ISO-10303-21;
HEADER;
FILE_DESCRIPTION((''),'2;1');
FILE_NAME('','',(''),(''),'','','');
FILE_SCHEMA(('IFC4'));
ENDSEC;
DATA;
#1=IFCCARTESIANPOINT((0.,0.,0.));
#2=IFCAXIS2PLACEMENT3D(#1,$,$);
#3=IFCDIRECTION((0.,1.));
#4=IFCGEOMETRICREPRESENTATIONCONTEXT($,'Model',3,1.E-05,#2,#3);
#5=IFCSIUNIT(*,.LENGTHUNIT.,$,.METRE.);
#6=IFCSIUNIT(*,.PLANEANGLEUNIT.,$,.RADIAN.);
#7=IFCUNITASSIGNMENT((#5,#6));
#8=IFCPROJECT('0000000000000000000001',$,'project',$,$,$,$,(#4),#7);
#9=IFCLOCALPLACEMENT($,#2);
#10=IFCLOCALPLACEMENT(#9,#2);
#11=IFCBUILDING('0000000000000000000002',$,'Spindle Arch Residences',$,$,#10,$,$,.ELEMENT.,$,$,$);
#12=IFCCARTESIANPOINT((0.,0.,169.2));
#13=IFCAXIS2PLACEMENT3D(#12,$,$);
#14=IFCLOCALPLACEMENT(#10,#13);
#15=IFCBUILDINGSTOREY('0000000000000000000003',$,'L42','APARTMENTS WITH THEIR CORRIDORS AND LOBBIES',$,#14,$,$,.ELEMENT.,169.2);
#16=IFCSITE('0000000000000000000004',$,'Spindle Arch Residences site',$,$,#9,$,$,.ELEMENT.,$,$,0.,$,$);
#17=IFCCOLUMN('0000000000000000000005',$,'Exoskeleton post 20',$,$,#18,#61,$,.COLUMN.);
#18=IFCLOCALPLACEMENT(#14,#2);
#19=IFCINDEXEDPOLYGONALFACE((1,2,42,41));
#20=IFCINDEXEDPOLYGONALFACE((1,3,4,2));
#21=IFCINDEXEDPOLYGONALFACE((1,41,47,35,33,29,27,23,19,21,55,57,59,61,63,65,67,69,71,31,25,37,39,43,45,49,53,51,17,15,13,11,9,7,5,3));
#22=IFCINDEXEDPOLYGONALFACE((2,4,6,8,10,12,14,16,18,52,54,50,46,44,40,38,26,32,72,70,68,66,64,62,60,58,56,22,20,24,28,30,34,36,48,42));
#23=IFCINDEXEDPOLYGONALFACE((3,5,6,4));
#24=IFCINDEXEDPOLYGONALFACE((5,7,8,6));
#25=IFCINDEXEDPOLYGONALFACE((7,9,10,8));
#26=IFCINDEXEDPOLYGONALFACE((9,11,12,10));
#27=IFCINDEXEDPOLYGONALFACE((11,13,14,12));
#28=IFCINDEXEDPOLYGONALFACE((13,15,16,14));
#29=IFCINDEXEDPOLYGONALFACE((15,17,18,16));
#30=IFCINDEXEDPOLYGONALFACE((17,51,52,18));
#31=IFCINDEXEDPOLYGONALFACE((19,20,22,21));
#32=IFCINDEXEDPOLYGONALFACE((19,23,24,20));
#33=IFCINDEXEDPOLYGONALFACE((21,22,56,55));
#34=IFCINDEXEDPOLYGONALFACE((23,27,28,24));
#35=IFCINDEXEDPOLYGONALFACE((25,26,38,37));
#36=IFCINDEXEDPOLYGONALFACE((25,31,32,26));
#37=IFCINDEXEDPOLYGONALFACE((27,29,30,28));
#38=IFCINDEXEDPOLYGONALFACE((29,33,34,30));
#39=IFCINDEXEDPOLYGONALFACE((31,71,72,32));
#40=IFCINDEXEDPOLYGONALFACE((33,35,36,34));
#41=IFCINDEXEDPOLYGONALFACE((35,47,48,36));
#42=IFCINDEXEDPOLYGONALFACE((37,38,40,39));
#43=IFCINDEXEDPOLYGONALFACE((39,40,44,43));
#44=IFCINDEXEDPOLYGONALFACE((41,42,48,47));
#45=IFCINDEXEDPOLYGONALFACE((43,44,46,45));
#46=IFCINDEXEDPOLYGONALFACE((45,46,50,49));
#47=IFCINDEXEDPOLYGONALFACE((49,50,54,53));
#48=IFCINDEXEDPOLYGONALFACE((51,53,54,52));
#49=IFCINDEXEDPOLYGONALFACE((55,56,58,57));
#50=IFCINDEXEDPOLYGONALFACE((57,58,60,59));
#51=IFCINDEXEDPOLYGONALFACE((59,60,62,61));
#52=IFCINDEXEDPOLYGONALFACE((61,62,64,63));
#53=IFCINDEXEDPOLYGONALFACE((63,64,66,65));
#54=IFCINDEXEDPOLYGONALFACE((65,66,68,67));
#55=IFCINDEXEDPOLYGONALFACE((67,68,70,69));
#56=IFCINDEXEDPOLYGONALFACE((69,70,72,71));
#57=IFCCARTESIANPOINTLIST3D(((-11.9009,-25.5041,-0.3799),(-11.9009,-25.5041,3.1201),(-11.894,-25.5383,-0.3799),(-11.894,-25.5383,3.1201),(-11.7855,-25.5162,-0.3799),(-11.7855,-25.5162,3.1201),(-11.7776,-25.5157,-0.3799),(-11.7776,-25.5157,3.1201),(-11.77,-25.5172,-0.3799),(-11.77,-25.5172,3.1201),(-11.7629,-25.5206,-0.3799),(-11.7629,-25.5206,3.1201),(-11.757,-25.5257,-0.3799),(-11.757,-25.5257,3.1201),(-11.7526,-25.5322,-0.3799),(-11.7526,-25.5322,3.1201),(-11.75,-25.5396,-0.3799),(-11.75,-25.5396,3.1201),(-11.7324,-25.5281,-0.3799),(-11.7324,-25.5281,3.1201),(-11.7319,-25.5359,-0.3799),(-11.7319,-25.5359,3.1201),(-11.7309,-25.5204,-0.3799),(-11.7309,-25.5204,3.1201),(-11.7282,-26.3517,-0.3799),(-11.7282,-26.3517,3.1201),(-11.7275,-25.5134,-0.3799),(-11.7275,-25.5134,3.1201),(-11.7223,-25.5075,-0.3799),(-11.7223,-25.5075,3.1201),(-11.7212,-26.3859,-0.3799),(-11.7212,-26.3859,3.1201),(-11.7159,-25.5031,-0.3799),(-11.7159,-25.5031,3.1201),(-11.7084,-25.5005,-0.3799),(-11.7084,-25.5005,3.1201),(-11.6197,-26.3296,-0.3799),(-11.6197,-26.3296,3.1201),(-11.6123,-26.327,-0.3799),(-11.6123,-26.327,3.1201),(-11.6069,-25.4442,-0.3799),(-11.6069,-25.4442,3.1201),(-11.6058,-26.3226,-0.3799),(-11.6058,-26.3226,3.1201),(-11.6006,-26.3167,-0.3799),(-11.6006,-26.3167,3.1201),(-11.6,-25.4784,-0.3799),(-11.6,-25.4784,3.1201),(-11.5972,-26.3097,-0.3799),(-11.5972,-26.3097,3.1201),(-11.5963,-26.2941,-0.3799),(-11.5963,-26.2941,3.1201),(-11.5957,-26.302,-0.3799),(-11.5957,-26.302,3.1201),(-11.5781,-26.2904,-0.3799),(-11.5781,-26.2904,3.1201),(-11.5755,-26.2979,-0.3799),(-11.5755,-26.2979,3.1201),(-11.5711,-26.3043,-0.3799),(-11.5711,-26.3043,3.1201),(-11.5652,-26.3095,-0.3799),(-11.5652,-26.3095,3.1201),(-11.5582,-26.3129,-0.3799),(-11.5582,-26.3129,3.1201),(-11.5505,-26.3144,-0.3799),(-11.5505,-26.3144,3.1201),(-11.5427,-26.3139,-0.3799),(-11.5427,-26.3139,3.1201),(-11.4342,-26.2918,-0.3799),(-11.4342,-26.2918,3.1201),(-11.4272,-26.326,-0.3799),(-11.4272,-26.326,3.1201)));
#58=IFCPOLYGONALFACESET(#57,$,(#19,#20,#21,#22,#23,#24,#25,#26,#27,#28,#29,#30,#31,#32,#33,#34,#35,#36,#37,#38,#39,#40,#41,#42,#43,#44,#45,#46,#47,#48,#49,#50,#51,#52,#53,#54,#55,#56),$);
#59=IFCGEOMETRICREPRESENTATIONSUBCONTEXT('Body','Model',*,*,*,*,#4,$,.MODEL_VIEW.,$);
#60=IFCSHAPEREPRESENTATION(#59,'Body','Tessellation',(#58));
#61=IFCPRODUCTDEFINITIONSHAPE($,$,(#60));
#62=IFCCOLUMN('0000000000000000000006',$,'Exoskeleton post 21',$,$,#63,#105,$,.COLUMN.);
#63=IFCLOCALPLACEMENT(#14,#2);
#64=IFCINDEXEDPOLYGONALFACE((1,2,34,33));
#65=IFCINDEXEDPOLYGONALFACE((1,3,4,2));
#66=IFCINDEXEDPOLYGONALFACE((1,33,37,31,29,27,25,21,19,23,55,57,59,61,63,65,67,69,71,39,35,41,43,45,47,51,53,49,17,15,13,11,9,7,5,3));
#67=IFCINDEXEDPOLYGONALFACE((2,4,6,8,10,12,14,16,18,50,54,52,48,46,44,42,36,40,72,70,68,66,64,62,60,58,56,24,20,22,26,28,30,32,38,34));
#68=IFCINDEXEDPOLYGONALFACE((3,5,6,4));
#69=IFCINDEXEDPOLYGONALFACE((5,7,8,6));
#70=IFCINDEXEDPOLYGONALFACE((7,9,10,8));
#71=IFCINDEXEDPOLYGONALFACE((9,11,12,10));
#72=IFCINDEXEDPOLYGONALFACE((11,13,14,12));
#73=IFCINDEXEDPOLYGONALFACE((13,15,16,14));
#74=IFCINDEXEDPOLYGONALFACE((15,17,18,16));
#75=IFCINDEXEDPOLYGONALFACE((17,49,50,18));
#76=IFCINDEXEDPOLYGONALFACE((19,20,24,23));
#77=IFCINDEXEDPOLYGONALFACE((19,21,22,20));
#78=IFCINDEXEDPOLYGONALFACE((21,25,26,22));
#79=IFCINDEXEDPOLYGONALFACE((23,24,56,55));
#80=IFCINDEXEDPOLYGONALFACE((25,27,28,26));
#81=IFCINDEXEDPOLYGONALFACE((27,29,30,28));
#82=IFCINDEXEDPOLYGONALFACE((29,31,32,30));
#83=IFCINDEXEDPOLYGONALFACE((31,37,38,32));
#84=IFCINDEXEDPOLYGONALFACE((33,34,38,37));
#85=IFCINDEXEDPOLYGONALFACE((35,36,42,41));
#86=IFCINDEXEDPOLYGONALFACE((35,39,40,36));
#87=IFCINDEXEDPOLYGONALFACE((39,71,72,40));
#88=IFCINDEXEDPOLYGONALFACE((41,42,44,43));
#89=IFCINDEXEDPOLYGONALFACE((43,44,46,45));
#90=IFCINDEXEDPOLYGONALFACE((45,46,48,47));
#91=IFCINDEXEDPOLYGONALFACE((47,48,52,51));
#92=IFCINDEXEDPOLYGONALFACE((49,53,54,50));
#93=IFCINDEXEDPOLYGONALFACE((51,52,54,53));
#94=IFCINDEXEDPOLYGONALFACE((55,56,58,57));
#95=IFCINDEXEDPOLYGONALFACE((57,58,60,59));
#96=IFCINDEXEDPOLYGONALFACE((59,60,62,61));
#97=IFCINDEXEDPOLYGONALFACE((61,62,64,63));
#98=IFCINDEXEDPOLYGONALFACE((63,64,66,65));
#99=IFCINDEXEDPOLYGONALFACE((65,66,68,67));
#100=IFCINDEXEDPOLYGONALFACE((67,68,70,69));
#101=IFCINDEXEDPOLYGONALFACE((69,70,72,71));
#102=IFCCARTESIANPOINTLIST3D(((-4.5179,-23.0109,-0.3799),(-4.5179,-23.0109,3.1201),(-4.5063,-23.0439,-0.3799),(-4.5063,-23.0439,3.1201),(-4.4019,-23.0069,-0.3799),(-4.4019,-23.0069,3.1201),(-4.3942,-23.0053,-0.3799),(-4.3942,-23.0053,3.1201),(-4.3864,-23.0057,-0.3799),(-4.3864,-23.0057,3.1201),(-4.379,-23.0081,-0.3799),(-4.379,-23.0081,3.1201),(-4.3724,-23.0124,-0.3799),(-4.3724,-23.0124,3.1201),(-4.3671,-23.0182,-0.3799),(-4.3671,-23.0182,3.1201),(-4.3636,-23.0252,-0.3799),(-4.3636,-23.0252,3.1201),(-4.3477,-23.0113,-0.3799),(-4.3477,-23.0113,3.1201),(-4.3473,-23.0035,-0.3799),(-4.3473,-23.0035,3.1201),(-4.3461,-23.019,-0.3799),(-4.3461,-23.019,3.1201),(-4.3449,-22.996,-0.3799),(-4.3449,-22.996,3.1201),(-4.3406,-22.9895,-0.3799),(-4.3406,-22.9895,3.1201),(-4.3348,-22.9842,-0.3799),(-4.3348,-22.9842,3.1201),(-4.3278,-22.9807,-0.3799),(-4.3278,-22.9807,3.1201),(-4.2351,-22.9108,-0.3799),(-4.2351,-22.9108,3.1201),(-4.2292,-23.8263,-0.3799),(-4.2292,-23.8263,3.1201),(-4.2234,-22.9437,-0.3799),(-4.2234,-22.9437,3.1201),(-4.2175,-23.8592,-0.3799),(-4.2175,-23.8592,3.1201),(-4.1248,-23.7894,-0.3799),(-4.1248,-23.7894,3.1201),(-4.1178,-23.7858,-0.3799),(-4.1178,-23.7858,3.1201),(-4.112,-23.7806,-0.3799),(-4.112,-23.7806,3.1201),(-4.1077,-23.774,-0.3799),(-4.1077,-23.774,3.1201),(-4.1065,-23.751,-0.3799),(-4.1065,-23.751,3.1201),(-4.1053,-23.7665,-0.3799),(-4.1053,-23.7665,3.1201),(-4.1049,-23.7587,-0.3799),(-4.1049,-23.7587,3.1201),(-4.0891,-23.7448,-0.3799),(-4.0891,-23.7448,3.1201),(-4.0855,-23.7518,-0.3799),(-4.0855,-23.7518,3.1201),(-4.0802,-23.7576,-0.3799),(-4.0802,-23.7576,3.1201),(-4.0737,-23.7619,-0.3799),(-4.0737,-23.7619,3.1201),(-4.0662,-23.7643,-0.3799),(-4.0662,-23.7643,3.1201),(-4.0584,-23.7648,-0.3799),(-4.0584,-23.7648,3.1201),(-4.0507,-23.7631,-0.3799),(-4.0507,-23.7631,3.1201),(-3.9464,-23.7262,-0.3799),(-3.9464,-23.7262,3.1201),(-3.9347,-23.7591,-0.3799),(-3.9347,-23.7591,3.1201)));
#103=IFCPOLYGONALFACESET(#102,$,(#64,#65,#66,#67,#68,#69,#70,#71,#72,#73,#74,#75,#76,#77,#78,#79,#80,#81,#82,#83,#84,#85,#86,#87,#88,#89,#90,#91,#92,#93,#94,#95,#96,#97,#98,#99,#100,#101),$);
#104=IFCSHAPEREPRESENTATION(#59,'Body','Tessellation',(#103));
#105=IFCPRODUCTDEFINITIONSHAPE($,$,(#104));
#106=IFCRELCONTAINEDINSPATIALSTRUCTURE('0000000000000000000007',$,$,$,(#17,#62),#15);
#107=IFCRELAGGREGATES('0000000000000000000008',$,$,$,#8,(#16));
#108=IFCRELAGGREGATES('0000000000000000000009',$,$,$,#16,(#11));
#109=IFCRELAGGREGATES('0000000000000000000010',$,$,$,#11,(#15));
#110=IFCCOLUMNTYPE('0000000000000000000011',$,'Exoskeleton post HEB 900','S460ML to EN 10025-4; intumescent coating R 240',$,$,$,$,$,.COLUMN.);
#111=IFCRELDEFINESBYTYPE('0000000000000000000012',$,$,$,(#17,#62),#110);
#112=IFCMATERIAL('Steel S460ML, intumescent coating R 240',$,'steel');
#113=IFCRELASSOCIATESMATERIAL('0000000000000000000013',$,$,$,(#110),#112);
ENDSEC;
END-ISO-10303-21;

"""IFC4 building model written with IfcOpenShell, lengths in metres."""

from ifc_helpers import new_model, si_unit, direction, frame, origin, origin_2d, place, context, subcontext, project, spatial, i_section, extrude, material, material_profile, profile_set, type_object, element, save


model = new_model("IFC4")

# Units and contexts
model_context = context("Model", 3, precision=1e-05, world=origin(), true_north=direction((0.0, 1.0)))
body_context = subcontext(model_context, "Body", "Model", "MODEL_VIEW")
ifc_project = project(units=[si_unit("LENGTHUNIT", "METRE"), si_unit("PLANEANGLEUNIT", "RADIAN")], contexts=[model_context])

# Site, building, storey
site_placement = place(None, origin())
site = spatial("IfcSite", under=ifc_project, at=site_placement, Name="Spindle Arch Residences site", CompositionType="ELEMENT", RefElevation=0.0)
building_placement = place(site_placement, origin())
building = spatial("IfcBuilding", under=site, at=building_placement, Name="Spindle Arch Residences", CompositionType="ELEMENT")
storey_placement = place(building_placement, frame((0.0, 0.0, 169.2)))
storey = spatial("IfcBuildingStorey", under=building, at=storey_placement, Name="L42", Description="APARTMENTS WITH THEIR CORRIDORS AND LOBBIES", CompositionType="ELEMENT", Elevation=169.2)

# Columns
ifc_material_1 = material(Name="Steel S460ML, intumescent coating R 240", Category="steel")
ifc_material_profile_1 = material_profile(ifc_material_1, i_section(OverallWidth=0.3, OverallDepth=0.8999, WebThickness=0.0186, FlangeThickness=0.0349, FilletRadius=0.03, at=origin_2d()), Name="HEB 900")
ifc_profile_set_1 = profile_set([ifc_material_profile_1], Name="Steel S460ML, intumescent coating R 240")
column_type_1 = type_object("IfcColumnType", Name="Exoskeleton post HEB 900", Description="S460ML to EN 10025-4; intumescent coating R 240", PredefinedType="COLUMN", material=ifc_profile_set_1)
for number, where, z_axis, x_axis, name in (
    (1, (-11.6641, -25.915, -0.3799), (0.0, 0.0, 1.0), (-0.979853, -0.199719, 0.0), "Exoskeleton post 20"),
    (2, (-4.2263, -23.385, -0.3799), (0.0, 0.0, 1.0), (-0.942641, -0.333807, 0.0), "Exoskeleton post 21"),
):
    element("IfcColumn", number, at=place(storey_placement, frame(where, z_axis=z_axis, x_axis=x_axis)), inside=storey, type_object=column_type_1, Name=name, PredefinedType="COLUMN", context=body_context, shape_type="SweptSolid", body=[
        extrude(i_section(OverallWidth=0.3, OverallDepth=0.8999, WebThickness=0.0186, FlangeThickness=0.0349, FilletRadius=0.03, at=origin_2d()), origin(), (0.0, 0.0, 1.0), 3.5),
    ])

save(model, "model.ifc")
